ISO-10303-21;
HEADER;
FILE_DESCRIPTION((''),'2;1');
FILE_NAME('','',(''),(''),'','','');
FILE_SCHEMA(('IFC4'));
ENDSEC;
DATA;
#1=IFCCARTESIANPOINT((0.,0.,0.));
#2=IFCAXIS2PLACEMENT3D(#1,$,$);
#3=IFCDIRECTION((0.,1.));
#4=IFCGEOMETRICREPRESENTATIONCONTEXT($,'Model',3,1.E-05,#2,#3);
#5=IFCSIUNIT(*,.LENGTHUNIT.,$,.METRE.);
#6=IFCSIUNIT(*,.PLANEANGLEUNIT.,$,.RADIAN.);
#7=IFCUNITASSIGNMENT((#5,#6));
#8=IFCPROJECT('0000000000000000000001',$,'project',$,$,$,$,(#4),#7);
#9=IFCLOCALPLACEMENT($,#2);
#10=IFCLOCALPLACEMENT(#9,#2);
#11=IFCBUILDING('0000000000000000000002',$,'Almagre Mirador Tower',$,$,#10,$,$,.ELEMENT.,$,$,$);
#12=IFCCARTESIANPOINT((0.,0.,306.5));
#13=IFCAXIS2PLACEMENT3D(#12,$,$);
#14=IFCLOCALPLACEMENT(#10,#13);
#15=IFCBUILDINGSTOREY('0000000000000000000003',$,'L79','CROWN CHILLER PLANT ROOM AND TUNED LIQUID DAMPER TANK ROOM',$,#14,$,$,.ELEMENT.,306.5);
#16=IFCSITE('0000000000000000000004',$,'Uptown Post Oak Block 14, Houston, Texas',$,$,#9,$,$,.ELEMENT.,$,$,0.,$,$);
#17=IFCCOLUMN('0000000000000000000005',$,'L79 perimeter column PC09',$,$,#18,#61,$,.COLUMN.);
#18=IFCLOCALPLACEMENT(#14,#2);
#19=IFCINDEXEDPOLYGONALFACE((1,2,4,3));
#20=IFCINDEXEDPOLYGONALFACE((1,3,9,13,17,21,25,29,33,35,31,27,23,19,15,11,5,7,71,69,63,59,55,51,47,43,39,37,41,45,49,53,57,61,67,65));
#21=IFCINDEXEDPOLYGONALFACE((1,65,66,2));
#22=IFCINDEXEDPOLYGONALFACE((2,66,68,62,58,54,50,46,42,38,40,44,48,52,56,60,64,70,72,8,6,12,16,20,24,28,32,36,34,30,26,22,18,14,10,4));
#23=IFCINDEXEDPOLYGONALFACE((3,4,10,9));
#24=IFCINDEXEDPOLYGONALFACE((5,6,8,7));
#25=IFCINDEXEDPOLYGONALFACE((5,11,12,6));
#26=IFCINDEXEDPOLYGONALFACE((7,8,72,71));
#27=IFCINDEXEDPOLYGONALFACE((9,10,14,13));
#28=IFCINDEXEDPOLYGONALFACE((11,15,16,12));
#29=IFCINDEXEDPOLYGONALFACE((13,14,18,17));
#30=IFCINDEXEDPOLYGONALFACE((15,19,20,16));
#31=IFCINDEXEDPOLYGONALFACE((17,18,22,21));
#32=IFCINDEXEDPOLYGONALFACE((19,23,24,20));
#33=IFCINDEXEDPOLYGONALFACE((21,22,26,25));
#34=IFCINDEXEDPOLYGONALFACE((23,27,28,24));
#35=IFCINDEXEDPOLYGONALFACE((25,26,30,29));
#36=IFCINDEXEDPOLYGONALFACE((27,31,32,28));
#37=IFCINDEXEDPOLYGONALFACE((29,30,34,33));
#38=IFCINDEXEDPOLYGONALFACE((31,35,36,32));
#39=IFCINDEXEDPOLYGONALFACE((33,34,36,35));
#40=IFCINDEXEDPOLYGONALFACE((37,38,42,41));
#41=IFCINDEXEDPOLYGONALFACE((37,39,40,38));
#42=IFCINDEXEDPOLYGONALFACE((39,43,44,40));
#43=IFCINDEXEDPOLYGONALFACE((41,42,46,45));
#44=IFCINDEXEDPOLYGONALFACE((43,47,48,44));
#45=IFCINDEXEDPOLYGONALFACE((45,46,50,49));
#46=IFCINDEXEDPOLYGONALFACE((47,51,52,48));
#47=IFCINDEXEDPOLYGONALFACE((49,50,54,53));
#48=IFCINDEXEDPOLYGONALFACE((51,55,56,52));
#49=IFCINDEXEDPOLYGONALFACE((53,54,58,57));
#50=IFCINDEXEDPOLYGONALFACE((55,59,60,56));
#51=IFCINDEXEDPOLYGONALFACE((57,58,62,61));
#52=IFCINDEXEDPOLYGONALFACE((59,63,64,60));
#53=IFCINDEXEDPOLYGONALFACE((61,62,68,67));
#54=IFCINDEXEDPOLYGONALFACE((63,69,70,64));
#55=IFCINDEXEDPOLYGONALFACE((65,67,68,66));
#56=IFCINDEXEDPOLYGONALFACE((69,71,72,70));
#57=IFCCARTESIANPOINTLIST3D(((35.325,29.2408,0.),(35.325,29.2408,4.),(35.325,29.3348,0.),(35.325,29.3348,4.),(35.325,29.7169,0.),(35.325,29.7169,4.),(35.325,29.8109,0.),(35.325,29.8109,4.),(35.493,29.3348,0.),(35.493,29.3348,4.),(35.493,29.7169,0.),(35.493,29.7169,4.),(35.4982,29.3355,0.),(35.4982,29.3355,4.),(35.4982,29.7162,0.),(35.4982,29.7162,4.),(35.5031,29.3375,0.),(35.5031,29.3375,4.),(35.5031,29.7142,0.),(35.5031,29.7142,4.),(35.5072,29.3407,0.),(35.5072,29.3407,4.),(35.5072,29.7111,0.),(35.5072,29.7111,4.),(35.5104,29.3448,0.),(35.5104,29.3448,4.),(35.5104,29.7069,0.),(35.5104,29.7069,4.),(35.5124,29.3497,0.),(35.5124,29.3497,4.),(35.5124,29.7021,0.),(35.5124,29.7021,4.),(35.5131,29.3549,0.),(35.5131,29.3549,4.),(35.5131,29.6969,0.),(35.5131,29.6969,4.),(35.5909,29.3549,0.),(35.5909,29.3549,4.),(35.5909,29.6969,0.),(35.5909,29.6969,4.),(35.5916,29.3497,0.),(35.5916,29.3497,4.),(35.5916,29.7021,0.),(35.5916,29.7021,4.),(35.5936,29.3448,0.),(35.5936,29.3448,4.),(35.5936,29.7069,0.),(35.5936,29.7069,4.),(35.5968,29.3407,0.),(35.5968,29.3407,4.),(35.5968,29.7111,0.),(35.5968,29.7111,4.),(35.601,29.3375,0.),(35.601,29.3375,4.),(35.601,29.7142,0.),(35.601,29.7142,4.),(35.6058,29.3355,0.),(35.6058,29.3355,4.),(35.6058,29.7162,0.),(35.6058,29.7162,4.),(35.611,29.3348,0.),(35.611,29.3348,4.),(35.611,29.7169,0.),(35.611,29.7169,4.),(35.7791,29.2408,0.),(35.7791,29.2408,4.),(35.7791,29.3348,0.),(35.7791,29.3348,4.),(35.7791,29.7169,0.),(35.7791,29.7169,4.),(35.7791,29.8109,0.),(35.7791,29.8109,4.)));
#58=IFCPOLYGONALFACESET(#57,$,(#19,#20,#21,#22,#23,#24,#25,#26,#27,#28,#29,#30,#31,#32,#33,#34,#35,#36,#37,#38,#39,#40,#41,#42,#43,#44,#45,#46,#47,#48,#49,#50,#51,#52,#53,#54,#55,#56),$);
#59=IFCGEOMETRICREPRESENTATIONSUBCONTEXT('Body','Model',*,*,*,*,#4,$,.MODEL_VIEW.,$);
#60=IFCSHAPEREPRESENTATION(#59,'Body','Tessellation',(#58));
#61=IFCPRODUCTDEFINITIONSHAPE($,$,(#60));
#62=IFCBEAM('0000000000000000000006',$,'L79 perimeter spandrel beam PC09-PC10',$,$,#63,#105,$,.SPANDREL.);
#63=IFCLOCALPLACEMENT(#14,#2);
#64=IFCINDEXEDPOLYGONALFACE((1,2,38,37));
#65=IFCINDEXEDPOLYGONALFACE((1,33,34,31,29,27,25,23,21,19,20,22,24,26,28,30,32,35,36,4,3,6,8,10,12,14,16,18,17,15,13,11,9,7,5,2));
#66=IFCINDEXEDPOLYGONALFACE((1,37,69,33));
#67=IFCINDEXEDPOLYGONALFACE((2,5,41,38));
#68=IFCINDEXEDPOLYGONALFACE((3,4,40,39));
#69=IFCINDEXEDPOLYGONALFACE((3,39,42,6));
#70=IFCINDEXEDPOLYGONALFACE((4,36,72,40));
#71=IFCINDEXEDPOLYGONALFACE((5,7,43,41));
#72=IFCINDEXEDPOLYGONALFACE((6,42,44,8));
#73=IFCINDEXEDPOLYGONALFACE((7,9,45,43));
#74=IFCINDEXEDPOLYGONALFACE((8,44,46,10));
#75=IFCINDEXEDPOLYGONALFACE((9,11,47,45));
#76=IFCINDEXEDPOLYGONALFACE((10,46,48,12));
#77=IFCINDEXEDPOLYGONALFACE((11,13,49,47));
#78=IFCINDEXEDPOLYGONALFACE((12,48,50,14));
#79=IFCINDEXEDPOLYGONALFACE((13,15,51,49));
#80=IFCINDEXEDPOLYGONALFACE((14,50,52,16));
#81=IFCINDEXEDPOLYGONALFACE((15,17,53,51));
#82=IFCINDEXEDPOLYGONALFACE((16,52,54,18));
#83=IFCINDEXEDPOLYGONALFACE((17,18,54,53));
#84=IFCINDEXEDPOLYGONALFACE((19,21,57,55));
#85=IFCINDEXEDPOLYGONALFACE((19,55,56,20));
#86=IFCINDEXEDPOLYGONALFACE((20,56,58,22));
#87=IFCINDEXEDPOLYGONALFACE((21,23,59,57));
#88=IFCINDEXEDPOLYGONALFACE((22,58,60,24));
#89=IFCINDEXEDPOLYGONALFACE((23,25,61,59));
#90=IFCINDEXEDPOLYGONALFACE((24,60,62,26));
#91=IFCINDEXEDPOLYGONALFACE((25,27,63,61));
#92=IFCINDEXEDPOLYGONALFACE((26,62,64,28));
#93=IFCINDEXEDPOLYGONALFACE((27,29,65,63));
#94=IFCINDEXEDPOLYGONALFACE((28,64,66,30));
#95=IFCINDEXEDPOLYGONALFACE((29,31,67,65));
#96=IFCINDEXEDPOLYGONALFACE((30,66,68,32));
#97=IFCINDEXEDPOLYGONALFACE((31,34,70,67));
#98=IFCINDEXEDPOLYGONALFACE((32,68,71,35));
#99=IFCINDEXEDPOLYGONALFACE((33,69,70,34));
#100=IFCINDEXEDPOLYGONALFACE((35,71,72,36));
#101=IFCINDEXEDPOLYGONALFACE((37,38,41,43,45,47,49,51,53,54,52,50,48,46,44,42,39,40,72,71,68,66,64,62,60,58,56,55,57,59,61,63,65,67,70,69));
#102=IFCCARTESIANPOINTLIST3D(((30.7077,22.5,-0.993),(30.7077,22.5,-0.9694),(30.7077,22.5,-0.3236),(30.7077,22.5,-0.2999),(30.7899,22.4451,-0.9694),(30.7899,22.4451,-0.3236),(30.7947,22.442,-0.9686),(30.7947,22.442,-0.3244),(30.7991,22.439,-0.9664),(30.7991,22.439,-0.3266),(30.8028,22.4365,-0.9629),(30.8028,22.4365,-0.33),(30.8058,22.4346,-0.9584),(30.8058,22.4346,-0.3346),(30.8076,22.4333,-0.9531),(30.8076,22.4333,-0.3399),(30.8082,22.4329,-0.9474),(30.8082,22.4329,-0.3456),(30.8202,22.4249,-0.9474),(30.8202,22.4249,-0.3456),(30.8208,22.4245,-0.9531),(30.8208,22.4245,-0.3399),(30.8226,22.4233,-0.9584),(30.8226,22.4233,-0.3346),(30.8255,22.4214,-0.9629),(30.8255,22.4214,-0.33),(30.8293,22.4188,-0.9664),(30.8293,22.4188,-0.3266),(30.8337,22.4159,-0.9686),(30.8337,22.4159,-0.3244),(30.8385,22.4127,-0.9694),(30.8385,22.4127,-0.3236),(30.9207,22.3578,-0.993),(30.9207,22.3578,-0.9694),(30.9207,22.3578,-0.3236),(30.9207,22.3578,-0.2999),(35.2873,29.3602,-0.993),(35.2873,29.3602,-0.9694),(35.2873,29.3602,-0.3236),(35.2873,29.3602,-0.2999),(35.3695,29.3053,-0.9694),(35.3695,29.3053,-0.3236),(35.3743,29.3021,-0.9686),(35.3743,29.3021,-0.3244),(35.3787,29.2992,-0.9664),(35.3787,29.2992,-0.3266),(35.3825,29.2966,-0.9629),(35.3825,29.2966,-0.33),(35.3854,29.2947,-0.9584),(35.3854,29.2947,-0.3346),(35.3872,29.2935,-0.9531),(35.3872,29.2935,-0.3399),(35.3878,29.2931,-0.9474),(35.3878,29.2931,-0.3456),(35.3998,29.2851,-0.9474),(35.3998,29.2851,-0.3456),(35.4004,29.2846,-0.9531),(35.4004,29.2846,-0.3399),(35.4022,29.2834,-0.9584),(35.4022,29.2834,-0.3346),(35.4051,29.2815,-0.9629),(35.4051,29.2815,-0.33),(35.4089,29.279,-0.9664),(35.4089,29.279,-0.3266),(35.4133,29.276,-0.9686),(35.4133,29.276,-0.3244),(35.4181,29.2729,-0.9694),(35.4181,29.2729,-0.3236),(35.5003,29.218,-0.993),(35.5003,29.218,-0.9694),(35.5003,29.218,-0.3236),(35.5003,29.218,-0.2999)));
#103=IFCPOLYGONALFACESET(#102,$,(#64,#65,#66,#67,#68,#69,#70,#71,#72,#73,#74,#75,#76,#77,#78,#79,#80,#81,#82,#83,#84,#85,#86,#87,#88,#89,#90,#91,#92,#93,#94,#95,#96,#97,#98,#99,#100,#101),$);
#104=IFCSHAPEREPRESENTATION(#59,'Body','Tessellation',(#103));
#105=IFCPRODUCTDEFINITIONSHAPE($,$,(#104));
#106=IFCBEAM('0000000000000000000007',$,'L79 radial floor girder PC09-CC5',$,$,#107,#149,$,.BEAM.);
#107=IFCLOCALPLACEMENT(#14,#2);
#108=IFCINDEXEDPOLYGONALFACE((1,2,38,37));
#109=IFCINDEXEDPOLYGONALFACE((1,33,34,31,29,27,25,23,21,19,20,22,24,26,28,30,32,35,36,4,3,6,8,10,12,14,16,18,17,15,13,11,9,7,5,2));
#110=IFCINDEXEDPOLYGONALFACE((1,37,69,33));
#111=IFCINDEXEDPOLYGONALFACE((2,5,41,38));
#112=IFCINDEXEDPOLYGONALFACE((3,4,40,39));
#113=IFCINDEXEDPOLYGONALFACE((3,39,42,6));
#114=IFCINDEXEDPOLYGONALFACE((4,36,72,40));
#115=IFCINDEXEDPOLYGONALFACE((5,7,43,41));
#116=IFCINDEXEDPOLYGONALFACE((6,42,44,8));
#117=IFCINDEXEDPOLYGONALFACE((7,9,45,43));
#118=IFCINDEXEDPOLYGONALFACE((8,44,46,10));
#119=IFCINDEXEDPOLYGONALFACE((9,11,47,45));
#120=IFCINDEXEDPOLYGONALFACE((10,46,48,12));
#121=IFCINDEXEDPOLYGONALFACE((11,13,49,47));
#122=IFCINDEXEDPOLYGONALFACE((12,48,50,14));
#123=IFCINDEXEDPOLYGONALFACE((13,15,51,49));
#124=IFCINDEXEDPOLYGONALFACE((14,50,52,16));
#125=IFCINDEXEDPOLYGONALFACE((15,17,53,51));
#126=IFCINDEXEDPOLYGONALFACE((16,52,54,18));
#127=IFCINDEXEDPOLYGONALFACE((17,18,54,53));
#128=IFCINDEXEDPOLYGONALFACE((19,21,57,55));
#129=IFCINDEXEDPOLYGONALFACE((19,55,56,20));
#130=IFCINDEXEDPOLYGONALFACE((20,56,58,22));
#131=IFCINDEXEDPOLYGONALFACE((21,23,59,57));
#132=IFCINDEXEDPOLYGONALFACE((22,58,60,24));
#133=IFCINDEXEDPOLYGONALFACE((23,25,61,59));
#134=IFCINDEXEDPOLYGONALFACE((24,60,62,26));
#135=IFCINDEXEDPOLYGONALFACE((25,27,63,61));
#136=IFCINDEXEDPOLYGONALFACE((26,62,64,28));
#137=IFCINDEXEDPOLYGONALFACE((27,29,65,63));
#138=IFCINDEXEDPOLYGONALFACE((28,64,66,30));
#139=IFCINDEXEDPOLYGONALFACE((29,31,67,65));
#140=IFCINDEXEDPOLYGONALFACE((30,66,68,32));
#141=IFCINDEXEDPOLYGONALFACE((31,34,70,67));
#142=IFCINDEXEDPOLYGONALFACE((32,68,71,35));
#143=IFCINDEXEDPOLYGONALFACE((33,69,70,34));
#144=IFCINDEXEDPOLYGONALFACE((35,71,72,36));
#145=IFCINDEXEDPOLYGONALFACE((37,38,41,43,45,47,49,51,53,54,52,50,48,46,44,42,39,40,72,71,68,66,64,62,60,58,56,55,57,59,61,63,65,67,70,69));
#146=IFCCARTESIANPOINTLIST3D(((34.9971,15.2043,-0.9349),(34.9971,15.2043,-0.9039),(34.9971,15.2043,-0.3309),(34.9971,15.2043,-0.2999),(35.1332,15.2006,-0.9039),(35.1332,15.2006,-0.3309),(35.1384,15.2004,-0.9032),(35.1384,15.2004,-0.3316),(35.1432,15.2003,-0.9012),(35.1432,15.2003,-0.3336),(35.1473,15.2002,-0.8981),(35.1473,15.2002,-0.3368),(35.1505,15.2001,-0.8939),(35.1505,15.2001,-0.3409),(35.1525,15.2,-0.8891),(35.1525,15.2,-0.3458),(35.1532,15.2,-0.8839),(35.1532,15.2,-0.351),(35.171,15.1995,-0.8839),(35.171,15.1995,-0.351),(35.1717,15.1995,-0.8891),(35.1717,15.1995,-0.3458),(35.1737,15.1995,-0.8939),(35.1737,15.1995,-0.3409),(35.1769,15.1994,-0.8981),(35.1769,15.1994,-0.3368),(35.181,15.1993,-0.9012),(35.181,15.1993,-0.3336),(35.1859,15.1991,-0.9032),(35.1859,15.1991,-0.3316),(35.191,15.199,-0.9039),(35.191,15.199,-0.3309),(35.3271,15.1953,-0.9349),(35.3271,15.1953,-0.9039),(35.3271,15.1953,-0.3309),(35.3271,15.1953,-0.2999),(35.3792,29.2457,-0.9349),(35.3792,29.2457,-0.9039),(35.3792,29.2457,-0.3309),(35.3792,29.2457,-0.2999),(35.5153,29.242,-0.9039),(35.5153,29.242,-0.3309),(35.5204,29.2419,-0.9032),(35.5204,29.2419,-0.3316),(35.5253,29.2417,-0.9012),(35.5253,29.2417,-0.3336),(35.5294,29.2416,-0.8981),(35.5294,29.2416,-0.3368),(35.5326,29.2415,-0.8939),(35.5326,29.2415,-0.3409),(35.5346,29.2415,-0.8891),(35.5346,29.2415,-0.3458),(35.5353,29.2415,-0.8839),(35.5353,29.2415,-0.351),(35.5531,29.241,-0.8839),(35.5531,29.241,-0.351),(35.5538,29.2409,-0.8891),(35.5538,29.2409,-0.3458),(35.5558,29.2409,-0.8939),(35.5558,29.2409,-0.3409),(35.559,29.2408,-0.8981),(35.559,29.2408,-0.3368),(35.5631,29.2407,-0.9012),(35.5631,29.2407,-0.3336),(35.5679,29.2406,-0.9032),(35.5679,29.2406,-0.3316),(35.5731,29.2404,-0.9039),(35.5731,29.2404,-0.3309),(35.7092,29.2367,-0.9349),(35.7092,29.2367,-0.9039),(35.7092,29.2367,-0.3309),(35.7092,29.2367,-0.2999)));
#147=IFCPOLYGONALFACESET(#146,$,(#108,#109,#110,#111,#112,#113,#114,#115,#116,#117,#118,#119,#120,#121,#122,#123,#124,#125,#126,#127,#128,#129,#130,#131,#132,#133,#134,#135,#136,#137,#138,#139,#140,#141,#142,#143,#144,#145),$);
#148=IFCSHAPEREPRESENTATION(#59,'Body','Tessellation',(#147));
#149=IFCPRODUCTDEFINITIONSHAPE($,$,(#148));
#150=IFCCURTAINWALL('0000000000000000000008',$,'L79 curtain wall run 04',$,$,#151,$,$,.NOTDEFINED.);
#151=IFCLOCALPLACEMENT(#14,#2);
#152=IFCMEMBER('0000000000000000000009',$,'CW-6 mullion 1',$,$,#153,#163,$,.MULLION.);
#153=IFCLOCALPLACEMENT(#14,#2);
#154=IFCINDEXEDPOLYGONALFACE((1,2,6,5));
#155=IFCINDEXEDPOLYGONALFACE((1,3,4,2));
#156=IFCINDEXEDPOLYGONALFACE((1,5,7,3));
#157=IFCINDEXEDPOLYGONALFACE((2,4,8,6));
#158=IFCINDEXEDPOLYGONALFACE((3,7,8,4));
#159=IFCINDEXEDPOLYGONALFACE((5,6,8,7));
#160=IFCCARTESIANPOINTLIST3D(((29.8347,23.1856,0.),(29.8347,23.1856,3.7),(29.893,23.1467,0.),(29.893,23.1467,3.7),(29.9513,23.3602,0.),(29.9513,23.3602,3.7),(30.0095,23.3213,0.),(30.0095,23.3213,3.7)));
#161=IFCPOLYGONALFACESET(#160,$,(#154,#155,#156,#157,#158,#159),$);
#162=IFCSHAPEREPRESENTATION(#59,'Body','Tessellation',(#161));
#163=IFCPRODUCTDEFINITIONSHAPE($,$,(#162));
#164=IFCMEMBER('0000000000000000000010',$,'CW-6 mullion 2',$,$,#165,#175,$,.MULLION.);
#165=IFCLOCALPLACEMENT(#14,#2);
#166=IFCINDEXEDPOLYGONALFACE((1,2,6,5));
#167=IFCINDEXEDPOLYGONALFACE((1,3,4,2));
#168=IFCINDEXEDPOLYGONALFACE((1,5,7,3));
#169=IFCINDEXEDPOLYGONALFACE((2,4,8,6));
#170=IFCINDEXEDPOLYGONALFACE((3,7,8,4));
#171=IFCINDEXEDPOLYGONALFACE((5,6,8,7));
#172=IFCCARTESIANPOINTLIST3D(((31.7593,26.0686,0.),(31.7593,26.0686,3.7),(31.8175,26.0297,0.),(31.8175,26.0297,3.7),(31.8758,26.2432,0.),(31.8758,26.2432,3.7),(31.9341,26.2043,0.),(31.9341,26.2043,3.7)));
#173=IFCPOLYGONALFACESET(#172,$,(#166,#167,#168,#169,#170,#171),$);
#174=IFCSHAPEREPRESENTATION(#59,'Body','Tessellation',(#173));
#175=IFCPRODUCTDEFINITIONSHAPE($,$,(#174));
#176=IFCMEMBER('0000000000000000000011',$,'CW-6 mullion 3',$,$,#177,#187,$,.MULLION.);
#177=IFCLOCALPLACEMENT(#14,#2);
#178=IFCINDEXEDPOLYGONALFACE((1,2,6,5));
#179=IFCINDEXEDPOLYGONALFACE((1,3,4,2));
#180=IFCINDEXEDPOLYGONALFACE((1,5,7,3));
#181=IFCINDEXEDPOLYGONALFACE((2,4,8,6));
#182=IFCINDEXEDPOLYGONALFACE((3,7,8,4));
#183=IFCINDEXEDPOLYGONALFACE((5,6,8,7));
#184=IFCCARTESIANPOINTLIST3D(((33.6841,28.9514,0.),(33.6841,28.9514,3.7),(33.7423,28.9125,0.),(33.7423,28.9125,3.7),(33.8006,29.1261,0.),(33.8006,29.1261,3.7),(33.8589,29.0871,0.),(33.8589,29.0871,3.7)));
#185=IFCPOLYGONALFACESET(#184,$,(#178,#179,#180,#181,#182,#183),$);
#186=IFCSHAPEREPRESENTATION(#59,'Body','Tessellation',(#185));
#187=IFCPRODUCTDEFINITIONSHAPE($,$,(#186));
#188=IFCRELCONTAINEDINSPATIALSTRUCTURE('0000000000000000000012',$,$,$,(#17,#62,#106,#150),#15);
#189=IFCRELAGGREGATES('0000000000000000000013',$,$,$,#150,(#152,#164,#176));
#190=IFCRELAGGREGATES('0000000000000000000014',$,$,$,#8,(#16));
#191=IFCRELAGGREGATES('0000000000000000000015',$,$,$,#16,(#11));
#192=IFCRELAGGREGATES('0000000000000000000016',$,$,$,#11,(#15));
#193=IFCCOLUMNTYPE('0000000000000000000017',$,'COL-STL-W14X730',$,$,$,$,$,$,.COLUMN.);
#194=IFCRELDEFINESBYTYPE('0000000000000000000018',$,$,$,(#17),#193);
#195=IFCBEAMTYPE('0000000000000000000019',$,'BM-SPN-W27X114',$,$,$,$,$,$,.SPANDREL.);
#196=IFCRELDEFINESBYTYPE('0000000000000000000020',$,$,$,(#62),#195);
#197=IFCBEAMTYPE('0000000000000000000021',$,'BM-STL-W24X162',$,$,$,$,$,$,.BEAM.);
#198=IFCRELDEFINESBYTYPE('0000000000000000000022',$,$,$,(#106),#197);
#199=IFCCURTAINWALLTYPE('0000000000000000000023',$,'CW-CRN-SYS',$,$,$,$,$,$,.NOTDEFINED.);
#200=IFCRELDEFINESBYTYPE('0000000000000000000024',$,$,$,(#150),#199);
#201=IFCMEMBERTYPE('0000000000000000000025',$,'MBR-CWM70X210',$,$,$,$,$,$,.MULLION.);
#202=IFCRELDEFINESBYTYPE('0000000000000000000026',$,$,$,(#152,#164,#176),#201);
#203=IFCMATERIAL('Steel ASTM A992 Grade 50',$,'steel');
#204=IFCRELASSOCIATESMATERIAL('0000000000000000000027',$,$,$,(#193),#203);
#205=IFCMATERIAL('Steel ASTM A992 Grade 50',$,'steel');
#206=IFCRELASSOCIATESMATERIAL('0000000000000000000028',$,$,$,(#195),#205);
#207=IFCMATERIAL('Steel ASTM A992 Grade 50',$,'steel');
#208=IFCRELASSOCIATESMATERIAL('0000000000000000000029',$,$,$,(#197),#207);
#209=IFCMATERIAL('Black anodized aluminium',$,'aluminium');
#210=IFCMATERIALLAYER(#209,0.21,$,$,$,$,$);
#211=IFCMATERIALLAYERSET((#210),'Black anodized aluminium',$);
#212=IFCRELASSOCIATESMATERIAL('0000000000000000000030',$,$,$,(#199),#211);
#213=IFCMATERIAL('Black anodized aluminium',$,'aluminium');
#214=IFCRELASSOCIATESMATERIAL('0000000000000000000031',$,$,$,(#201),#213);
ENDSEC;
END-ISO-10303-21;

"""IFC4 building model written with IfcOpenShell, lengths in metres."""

from ifc_helpers import new_model, si_unit, direction, frame, origin, origin_2d, place, context, subcontext, project, spatial, rectangle, i_section, extrude, material, layer, layer_set, material_profile, profile_set, type_object, element, aggregate, save


model = new_model("IFC4")

# Units and contexts
model_context = context("Model", 3, precision=1e-05, world=origin(), true_north=direction((0.0, 1.0)))
body_context = subcontext(model_context, "Body", "Model", "MODEL_VIEW")
ifc_project = project(units=[si_unit("LENGTHUNIT", "METRE"), si_unit("PLANEANGLEUNIT", "RADIAN")], contexts=[model_context])

# Site, building, storey
site_placement = place(None, origin())
site = spatial("IfcSite", under=ifc_project, at=site_placement, Name="Uptown Post Oak Block 14, Houston, Texas", CompositionType="ELEMENT", RefElevation=0.0)
building_placement = place(site_placement, origin())
building = spatial("IfcBuilding", under=site, at=building_placement, Name="Almagre Mirador Tower", CompositionType="ELEMENT")
storey_placement = place(building_placement, frame((0.0, 0.0, 306.5)))
storey = spatial("IfcBuildingStorey", under=building, at=storey_placement, Name="L79", Description="CROWN CHILLER PLANT ROOM AND TUNED LIQUID DAMPER TANK ROOM", CompositionType="ELEMENT", Elevation=306.5)

# Column
ifc_material_1 = material(Name="Steel ASTM A992 Grade 50", Category="steel")
ifc_material_profile_1 = material_profile(ifc_material_1, i_section(OverallWidth=0.4541, OverallDepth=0.5701, WebThickness=0.0779, FlangeThickness=0.094, FilletRadius=0.02, at=origin_2d()), Name="W14X730")
ifc_profile_set_1 = profile_set([ifc_material_profile_1], Name="Steel ASTM A992 Grade 50")
column_type = type_object("IfcColumnType", Name="COL-STL-W14X730", PredefinedType="COLUMN", material=ifc_profile_set_1)
column_placement = place(storey_placement, frame((35.552, 29.5259, 0.0), z_axis=(0.0, 0.0, 1.0), x_axis=(1.0, 0.0, 0.0)))
element("IfcColumn", 1, at=column_placement, inside=storey, type_object=column_type, Name="L79 perimeter column PC09", PredefinedType="COLUMN", context=body_context, shape_type="SweptSolid", body=[
    extrude(i_section(OverallWidth=0.4541, OverallDepth=0.5701, WebThickness=0.0779, FlangeThickness=0.094, FilletRadius=0.02, at=origin_2d()), origin(), (0.0, 0.0, 1.0), 4.0),
])

# Beams
ifc_material_2 = material(Name="Steel ASTM A992 Grade 50", Category="steel")
ifc_material_profile_2 = material_profile(ifc_material_2, i_section(OverallWidth=0.2561, OverallDepth=0.6931, WebThickness=0.0144, FlangeThickness=0.0237, FilletRadius=0.022, at=origin_2d()), Name="W27X114")
ifc_profile_set_2 = profile_set([ifc_material_profile_2], Name="Steel ASTM A992 Grade 50")
beam_type_1 = type_object("IfcBeamType", Name="BM-SPN-W27X114", PredefinedType="SPANDREL", material=ifc_profile_set_2)
beam_1_placement = place(storey_placement, frame((35.3938, 29.2891, -0.6465), z_axis=(-0.555219, -0.831704, 0.0), x_axis=(0.831704, -0.555219, 0.0)))
element("IfcBeam", 2, at=beam_1_placement, inside=storey, type_object=beam_type_1, Name="L79 perimeter spandrel beam PC09-PC10", PredefinedType="SPANDREL", context=body_context, shape_type="SweptSolid", body=[
    extrude(i_section(OverallWidth=0.2561, OverallDepth=0.6931, WebThickness=0.0144, FlangeThickness=0.0237, FilletRadius=0.022, at=origin_2d()), origin(), (0.0, 0.0, 1.0), 8.2483),
])
ifc_material_3 = material(Name="Steel ASTM A992 Grade 50", Category="steel")
ifc_material_profile_3 = material_profile(ifc_material_3, i_section(OverallWidth=0.3301, OverallDepth=0.635, WebThickness=0.0178, FlangeThickness=0.031, FilletRadius=0.02, at=origin_2d()), Name="W24X162")
ifc_profile_set_3 = profile_set([ifc_material_profile_3], Name="Steel ASTM A992 Grade 50")
beam_type_2 = type_object("IfcBeamType", Name="BM-STL-W24X162", PredefinedType="BEAM", material=ifc_profile_set_3)
beam_2_placement = place(storey_placement, frame((35.5442, 29.2412, -0.6174), z_axis=(-0.027201, -0.99963, 0.0), x_axis=(0.99963, -0.027201, 0.0)))
element("IfcBeam", 3, at=beam_2_placement, inside=storey, type_object=beam_type_2, Name="L79 radial floor girder PC09-CC5", PredefinedType="BEAM", context=body_context, shape_type="SweptSolid", body=[
    extrude(i_section(OverallWidth=0.3301, OverallDepth=0.635, WebThickness=0.0178, FlangeThickness=0.031, FilletRadius=0.02, at=origin_2d()), origin(), (0.0, 0.0, 1.0), 14.0466),
])

# Curtain wall, members
ifc_material_4 = material(Name="Black anodized aluminium", Category="aluminium")
ifc_layer_1 = layer(ifc_material_4, 0.21)
ifc_layer_set_1 = layer_set([ifc_layer_1], Name="Black anodized aluminium")
curtain_wall_type = type_object("IfcCurtainWallType", Name="CW-CRN-SYS", PredefinedType="NOTDEFINED", material=ifc_layer_set_1)
curtain_wall_1_placement = place(storey_placement, origin())
curtain_wall_1 = element("IfcCurtainWall", 4, at=curtain_wall_1_placement, inside=storey, type_object=curtain_wall_type, Name="L79 curtain wall run 04", PredefinedType="NOTDEFINED")
ifc_material_5 = material(Name="Black anodized aluminium", Category="aluminium")
ifc_material_profile_4 = material_profile(ifc_material_5, rectangle(XDim=0.0701, YDim=0.21, at=origin_2d()), Name="CWM70X210")
ifc_profile_set_4 = profile_set([ifc_material_profile_4], Name="Black anodized aluminium")
member_type_1 = type_object("IfcMemberType", Name="MBR-CWM70X210", PredefinedType="MULLION", material=ifc_profile_set_4)
member_1_placement = place(storey_placement, frame((29.9221, 23.2534, 0.0), z_axis=(0.0, 0.0, 1.0), x_axis=(-0.831694, 0.555234, 0.0)))
member_1 = element("IfcMember", 5, at=member_1_placement, type_object=member_type_1, Name="CW-6 mullion 1", PredefinedType="MULLION", context=body_context, shape_type="SweptSolid", body=[
    extrude(rectangle(XDim=0.0701, YDim=0.21, at=origin_2d()), origin(), (0.0, 0.0, 1.0), 3.7),
])
member_2_placement = place(storey_placement, frame((31.8467, 26.1365, 0.0), z_axis=(0.0, 0.0, 1.0), x_axis=(-0.831694, 0.555234, 0.0)))
member_2 = element("IfcMember", 6, at=member_2_placement, type_object=member_type_1, Name="CW-6 mullion 2", PredefinedType="MULLION", context=body_context, shape_type="SweptSolid", body=[
    extrude(rectangle(XDim=0.0701, YDim=0.21, at=origin_2d()), origin(), (0.0, 0.0, 1.0), 3.7),
])
member_3_placement = place(storey_placement, frame((33.7715, 29.0193, 0.0), z_axis=(0.0, 0.0, 1.0), x_axis=(-0.831694, 0.555234, 0.0)))
member_3 = element("IfcMember", 7, at=member_3_placement, type_object=member_type_1, Name="CW-6 mullion 3", PredefinedType="MULLION", context=body_context, shape_type="SweptSolid", body=[
    extrude(rectangle(XDim=0.0701, YDim=0.21, at=origin_2d()), origin(), (0.0, 0.0, 1.0), 3.7),
])

aggregate(curtain_wall_1, [member_1, member_2, member_3])

save(model, "model.ifc")
